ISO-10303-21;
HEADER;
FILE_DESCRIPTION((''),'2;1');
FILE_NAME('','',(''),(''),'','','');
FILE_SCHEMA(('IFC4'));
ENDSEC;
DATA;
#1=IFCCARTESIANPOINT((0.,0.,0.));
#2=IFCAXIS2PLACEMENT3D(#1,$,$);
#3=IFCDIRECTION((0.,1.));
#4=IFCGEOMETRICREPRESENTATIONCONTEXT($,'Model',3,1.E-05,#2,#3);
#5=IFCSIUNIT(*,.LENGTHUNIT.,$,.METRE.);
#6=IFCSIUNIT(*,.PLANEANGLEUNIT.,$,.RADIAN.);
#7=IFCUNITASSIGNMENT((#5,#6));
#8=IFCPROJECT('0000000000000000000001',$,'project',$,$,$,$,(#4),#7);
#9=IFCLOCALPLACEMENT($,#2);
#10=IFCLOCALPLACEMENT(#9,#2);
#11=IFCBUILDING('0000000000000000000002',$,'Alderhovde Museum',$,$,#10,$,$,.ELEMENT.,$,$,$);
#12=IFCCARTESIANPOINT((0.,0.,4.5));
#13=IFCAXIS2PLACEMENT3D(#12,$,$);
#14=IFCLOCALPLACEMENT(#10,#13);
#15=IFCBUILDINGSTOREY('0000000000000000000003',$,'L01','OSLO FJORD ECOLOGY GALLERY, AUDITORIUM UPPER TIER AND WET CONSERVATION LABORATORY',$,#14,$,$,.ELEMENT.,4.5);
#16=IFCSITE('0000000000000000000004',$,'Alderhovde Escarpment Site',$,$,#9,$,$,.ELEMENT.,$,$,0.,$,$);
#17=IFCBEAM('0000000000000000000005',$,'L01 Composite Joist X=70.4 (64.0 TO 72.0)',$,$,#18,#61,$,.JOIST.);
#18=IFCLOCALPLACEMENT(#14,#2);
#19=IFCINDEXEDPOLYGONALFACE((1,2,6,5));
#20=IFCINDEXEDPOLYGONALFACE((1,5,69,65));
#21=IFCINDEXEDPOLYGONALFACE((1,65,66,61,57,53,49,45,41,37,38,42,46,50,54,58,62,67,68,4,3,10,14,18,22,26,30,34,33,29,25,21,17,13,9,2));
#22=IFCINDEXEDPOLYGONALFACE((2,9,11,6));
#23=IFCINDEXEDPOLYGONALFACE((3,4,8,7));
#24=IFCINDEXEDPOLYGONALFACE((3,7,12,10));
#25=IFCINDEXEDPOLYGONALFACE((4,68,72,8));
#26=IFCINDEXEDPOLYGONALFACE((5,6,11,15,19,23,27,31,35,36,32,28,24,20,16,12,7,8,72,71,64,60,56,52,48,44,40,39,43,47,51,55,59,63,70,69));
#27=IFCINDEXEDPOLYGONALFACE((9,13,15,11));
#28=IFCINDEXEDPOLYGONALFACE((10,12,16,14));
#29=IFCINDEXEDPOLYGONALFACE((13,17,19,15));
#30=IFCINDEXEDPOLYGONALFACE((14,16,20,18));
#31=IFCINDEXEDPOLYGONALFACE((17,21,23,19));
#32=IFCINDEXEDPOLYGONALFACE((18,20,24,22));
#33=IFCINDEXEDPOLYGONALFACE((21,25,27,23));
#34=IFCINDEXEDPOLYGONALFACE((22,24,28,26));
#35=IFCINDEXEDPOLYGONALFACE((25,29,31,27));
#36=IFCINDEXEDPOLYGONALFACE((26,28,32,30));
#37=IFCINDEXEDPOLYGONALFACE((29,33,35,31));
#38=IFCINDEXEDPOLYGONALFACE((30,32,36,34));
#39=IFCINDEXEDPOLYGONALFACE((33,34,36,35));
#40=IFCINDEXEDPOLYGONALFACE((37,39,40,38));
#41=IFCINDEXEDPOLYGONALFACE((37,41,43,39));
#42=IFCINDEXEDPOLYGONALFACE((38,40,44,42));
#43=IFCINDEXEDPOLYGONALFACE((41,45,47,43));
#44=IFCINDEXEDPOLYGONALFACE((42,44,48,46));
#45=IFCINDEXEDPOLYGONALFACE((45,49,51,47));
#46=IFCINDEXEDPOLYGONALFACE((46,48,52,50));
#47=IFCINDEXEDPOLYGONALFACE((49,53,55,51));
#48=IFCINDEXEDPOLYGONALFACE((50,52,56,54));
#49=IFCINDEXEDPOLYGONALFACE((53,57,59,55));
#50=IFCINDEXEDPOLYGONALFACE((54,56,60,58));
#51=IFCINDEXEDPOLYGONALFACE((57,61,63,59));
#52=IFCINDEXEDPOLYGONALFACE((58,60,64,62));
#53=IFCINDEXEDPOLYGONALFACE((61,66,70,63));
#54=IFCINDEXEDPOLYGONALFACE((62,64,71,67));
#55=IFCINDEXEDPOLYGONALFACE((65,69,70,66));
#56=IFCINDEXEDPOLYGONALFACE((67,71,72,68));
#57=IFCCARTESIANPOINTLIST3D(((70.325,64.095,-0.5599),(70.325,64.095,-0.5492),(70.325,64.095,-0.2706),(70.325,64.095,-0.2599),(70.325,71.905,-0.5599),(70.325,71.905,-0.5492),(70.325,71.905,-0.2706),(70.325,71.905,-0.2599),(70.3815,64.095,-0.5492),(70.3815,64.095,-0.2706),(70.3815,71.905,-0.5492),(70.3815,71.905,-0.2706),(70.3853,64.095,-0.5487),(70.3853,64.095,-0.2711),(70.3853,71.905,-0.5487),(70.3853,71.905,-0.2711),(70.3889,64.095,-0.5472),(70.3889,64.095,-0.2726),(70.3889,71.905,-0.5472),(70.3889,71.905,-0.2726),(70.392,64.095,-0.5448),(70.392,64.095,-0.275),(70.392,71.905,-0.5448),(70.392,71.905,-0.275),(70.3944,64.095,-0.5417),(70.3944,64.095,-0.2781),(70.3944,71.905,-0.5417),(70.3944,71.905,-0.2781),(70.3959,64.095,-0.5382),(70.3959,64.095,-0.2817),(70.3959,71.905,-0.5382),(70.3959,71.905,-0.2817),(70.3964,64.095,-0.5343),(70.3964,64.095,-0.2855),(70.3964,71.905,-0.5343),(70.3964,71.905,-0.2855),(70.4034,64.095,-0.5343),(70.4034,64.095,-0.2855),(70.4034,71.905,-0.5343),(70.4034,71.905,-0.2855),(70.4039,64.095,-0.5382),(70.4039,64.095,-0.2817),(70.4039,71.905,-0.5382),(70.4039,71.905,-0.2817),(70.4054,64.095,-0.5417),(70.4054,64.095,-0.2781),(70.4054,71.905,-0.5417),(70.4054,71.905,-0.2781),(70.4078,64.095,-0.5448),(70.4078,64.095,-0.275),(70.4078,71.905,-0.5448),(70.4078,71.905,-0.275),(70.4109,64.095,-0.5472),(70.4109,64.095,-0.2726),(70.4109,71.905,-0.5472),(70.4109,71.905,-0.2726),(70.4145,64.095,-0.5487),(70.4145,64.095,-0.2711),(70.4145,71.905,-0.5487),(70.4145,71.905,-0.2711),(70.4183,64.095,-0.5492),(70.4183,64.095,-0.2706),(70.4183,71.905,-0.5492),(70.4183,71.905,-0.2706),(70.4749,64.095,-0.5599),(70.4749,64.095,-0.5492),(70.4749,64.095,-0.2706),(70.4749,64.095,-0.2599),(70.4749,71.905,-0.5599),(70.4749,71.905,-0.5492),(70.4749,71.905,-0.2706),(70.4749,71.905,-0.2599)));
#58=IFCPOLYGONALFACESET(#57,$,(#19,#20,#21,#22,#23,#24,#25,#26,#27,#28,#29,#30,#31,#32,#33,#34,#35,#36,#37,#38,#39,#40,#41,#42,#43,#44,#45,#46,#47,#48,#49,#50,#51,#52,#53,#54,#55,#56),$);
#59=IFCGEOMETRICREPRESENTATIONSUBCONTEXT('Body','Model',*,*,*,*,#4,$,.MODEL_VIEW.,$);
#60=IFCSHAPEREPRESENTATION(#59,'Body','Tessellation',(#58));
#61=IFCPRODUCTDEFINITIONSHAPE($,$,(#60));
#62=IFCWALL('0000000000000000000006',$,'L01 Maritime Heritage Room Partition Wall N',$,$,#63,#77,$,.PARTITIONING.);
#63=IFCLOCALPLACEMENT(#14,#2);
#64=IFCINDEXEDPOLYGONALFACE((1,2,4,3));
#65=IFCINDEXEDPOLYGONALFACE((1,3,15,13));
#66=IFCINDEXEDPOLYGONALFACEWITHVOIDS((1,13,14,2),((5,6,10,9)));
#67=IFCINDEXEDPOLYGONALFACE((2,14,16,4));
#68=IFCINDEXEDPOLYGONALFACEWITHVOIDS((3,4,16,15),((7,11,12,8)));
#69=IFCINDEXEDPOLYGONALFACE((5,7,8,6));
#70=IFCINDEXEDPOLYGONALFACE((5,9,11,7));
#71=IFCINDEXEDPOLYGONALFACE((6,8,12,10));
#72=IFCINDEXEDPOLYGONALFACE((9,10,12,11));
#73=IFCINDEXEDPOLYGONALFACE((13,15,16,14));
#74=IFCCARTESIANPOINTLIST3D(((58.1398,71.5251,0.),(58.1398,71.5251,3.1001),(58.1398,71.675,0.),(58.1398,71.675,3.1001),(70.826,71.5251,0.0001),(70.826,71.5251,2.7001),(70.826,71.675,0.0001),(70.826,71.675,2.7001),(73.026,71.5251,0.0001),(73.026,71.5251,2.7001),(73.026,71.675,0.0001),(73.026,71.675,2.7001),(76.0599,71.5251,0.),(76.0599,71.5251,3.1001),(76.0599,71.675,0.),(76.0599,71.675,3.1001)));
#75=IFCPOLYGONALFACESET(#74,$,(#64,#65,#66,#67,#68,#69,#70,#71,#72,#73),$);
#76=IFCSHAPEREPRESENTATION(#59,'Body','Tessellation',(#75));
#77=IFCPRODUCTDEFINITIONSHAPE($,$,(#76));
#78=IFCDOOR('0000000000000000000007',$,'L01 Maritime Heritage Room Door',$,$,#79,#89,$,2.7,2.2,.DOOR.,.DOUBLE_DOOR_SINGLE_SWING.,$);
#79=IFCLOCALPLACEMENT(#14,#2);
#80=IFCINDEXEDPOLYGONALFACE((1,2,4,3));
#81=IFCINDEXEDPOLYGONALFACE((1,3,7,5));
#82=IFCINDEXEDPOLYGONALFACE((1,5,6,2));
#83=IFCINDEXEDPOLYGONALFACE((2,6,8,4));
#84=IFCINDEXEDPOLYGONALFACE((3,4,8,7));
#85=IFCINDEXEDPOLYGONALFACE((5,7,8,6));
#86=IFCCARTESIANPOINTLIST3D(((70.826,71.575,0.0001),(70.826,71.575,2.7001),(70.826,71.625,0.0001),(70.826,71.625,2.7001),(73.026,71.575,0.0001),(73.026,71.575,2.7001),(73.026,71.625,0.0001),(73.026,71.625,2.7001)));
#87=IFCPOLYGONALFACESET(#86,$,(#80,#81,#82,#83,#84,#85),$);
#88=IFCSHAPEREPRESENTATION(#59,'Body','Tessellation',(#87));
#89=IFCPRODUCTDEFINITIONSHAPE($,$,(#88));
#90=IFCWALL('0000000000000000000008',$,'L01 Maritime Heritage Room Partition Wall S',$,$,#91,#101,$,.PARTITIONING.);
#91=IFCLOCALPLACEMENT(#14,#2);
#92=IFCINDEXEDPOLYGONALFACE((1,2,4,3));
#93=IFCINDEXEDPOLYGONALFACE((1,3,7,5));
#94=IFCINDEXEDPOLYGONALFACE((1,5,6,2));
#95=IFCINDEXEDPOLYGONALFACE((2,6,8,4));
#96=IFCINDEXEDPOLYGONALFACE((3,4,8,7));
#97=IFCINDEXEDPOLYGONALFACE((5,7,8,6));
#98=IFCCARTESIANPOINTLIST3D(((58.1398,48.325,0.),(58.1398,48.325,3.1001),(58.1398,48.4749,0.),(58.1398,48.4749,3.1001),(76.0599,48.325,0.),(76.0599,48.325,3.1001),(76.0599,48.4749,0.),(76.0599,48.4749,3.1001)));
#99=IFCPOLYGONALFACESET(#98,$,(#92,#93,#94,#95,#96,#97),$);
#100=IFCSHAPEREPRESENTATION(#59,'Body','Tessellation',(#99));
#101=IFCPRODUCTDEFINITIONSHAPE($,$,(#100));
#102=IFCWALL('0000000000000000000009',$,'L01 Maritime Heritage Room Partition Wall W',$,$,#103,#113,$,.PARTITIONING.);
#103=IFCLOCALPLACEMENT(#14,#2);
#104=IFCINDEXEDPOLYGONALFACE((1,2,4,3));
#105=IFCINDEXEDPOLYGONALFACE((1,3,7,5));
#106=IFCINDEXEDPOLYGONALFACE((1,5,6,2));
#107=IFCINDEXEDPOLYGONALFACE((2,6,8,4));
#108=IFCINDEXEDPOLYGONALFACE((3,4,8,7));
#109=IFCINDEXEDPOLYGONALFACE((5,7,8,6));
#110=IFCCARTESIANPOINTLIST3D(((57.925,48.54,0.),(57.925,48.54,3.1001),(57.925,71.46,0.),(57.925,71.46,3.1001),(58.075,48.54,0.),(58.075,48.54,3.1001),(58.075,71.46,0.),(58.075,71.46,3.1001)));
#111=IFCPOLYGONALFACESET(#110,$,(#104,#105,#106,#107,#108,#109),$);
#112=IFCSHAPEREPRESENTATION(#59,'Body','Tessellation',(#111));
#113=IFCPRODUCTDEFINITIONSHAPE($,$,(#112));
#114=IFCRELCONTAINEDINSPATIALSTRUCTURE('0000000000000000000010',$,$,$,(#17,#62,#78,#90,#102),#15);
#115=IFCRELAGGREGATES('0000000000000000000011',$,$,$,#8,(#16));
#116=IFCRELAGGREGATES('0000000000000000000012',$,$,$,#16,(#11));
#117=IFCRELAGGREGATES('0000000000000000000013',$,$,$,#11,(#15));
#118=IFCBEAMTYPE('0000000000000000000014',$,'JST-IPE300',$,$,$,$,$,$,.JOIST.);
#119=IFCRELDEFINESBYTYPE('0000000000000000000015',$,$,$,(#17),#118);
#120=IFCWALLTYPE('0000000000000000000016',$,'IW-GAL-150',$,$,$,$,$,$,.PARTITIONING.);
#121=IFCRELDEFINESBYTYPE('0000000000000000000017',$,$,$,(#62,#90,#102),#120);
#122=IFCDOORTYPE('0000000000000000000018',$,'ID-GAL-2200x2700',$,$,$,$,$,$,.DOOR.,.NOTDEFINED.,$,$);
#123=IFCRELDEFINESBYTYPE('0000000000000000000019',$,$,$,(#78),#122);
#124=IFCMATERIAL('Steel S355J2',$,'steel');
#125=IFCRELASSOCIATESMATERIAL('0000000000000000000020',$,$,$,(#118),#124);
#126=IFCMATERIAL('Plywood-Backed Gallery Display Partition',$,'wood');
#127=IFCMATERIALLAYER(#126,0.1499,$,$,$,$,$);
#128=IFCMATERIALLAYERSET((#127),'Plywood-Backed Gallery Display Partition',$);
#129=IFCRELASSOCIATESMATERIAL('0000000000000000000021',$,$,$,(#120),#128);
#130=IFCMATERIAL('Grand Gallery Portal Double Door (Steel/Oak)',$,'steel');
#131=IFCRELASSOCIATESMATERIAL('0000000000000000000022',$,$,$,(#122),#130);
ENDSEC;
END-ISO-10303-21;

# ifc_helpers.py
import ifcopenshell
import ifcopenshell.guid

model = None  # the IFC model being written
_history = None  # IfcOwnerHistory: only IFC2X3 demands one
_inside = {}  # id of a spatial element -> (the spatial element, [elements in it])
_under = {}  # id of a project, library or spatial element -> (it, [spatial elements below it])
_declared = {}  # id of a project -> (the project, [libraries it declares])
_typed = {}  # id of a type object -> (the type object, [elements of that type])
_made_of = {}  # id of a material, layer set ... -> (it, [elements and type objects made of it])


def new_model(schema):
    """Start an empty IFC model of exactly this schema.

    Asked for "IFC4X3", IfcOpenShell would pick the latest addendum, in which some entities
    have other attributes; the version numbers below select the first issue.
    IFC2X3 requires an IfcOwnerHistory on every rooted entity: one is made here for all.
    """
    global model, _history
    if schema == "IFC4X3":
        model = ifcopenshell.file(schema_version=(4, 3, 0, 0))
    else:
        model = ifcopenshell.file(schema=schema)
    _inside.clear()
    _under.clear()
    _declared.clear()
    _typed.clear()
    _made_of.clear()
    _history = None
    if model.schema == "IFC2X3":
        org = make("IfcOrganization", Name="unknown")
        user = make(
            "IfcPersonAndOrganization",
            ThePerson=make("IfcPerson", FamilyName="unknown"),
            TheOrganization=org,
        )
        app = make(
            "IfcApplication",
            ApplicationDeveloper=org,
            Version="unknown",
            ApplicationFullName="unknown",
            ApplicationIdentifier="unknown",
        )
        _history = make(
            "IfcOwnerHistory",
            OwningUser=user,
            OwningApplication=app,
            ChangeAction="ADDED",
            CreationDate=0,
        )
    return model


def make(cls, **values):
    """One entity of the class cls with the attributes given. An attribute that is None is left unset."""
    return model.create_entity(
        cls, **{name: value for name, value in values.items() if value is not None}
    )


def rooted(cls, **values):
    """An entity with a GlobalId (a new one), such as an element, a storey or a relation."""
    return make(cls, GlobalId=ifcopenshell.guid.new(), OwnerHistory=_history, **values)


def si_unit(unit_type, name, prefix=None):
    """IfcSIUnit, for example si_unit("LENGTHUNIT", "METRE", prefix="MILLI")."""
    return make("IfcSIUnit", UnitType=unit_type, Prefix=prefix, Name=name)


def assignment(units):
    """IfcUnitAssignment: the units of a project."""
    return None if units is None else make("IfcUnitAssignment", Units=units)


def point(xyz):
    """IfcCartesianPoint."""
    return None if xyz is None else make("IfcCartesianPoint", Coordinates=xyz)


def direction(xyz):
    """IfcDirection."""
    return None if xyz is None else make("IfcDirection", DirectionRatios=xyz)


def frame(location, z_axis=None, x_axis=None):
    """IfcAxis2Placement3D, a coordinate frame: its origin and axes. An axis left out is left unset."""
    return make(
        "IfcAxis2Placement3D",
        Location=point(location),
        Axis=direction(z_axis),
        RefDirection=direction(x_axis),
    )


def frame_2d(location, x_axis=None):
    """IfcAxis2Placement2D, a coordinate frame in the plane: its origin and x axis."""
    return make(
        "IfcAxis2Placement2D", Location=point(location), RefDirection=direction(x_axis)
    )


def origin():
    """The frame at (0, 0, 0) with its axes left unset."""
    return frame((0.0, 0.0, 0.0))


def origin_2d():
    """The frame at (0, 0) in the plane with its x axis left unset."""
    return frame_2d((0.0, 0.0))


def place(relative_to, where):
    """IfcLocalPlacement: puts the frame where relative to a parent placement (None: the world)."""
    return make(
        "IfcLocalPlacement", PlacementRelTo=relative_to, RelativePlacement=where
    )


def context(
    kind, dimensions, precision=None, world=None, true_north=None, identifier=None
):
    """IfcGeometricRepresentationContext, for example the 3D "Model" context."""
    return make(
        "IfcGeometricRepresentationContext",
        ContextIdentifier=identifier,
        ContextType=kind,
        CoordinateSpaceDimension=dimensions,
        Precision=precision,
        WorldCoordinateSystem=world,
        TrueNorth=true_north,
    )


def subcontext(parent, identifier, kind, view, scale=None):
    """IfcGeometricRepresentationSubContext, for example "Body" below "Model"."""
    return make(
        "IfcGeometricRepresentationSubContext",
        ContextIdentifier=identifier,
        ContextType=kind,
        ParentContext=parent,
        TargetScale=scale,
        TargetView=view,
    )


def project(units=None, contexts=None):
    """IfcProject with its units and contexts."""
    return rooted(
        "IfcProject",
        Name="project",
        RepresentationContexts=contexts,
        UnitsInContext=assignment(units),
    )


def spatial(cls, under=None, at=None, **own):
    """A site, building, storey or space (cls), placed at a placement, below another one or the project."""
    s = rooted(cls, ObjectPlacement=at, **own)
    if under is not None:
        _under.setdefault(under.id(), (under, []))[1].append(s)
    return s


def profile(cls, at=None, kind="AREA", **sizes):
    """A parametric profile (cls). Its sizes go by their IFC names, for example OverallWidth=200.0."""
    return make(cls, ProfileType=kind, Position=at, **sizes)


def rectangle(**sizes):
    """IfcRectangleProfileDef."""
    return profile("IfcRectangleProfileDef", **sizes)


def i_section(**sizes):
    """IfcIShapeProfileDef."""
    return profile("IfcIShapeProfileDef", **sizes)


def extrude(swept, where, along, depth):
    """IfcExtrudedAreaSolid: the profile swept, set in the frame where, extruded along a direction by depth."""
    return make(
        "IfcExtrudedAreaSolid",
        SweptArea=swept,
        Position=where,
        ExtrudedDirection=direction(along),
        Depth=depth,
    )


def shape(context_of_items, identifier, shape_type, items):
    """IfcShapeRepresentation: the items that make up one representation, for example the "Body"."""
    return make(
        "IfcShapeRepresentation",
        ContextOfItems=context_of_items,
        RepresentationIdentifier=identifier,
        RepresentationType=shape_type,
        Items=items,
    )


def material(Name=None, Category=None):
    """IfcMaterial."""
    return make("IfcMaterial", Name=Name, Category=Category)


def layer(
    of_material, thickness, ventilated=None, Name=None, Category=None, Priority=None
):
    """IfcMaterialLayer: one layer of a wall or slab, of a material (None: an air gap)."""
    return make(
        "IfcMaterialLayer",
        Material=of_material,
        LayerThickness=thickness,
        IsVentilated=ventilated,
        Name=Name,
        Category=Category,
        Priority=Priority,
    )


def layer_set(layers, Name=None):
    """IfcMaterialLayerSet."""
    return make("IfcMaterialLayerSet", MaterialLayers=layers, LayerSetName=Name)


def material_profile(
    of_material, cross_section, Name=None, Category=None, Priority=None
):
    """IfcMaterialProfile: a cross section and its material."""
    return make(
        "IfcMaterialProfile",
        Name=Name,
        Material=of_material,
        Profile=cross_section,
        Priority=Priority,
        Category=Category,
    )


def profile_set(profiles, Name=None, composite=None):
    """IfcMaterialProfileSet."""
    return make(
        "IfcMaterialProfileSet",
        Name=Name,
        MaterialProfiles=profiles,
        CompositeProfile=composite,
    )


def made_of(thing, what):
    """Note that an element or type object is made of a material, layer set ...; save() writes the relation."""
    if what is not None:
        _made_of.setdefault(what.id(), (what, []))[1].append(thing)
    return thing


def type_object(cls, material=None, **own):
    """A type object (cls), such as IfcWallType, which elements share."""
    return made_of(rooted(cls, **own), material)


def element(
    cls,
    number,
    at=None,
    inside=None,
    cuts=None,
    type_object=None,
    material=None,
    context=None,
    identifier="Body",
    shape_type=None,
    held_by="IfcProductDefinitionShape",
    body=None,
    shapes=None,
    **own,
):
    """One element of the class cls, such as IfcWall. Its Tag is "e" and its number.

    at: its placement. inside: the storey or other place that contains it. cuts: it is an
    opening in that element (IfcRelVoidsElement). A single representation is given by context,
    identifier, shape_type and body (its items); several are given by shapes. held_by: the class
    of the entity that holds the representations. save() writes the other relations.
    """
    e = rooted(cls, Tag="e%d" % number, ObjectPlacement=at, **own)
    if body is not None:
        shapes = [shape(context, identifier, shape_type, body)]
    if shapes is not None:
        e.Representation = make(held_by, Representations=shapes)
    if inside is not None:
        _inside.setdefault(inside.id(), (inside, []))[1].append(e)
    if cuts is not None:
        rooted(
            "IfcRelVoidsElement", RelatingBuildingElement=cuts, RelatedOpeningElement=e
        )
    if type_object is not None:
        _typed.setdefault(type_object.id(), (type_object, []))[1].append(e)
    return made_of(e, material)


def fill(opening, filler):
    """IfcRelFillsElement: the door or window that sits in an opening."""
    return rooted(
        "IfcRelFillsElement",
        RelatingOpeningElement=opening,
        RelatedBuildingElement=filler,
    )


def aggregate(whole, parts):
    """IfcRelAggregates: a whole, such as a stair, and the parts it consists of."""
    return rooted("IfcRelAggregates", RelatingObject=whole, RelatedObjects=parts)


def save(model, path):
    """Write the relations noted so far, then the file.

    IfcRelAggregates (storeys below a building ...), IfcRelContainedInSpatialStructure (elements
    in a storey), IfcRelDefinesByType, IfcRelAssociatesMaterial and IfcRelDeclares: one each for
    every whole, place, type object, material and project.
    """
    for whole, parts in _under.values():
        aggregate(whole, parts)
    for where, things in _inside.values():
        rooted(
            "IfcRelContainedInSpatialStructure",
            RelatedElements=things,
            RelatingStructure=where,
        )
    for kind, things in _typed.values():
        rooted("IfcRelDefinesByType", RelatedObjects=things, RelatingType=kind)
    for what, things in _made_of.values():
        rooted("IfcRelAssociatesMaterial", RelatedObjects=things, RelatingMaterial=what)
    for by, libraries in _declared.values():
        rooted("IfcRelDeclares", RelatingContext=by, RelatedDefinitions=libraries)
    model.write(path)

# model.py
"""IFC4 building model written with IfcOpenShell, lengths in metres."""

from ifc_helpers import new_model, si_unit, direction, frame, frame_2d, origin, origin_2d, place, context, subcontext, project, spatial, rectangle, i_section, extrude, material, layer, layer_set, material_profile, profile_set, type_object, element, fill, save


model = new_model("IFC4")

# Units and contexts
model_context = context("Model", 3, precision=1e-05, world=origin(), true_north=direction((0.0, 1.0)))
body_context = subcontext(model_context, "Body", "Model", "MODEL_VIEW")
ifc_project = project(units=[si_unit("LENGTHUNIT", "METRE"), si_unit("PLANEANGLEUNIT", "RADIAN")], contexts=[model_context])

# Site, building, storey
site_placement = place(None, origin())
site = spatial("IfcSite", under=ifc_project, at=site_placement, Name="Alderhovde Escarpment Site", CompositionType="ELEMENT", RefElevation=0.0)
building_placement = place(site_placement, origin())
building = spatial("IfcBuilding", under=site, at=building_placement, Name="Alderhovde Museum", CompositionType="ELEMENT")
storey_placement = place(building_placement, frame((0.0, 0.0, 4.5)))
storey = spatial("IfcBuildingStorey", under=building, at=storey_placement, Name="L01", Description="OSLO FJORD ECOLOGY GALLERY, AUDITORIUM UPPER TIER AND WET CONSERVATION LABORATORY", CompositionType="ELEMENT", Elevation=4.5)

# Beam
ifc_material_1 = material(Name="Steel S355J2", Category="steel")
ifc_material_profile_1 = material_profile(ifc_material_1, i_section(OverallWidth=0.1499, OverallDepth=0.3, WebThickness=0.0071, FlangeThickness=0.0107, FilletRadius=0.0149, at=origin_2d()), Name="IPE 300")
ifc_profile_set_1 = profile_set([ifc_material_profile_1], Name="Steel S355J2")
beam_type_1 = type_object("IfcBeamType", Name="JST-IPE300", PredefinedType="JOIST", material=ifc_profile_set_1)
for number, where, z_axis, x_axis, name in (
    (1, (70.3999, 64.095, -0.4099), (0.0, 1.0, 0.0), (-1.0, 0.0, 0.0), "L01 Composite Joist X=70.4 (64.0 TO 72.0)"),
):
    element("IfcBeam", number, at=place(storey_placement, frame(where, z_axis=z_axis, x_axis=x_axis)), inside=storey, type_object=beam_type_1, Name=name, PredefinedType="JOIST", context=body_context, shape_type="SweptSolid", body=[
        extrude(i_section(OverallWidth=0.1499, OverallDepth=0.3, WebThickness=0.0071, FlangeThickness=0.0107, FilletRadius=0.0149, at=origin_2d()), origin(), (0.0, 0.0, 1.0), 7.8101),
    ])

# Wall, opening, door
ifc_material_2 = material(Name="Plywood-Backed Gallery Display Partition", Category="wood")
ifc_layer = layer(ifc_material_2, 0.1499)
ifc_layer_set = layer_set([ifc_layer], Name="Plywood-Backed Gallery Display Partition")
wall_type = type_object("IfcWallType", Name="IW-GAL-150", PredefinedType="PARTITIONING", material=ifc_layer_set)
wall_1_placement = place(storey_placement, frame((58.1399, 71.6001, 0.0), z_axis=(0.0, 0.0, 1.0), x_axis=(1.0, 0.0, 0.0)))
wall_1 = element("IfcWall", 2, at=wall_1_placement, inside=storey, type_object=wall_type, Name="L01 Maritime Heritage Room Partition Wall N", PredefinedType="PARTITIONING", context=body_context, shape_type="SweptSolid", body=[
    extrude(rectangle(XDim=17.9202, YDim=0.1499, at=frame_2d((8.96, 0.0))), origin(), (0.0, 0.0, 1.0), 3.1001),
])
opening_placement = place(wall_1_placement, frame((12.686, 0.0, 0.0)))
opening = element("IfcOpeningElement", 3, at=opening_placement, cuts=wall_1, PredefinedType="OPENING", context=body_context, shape_type="SweptSolid", body=[
    extrude(rectangle(XDim=2.2, YDim=2.7, at=frame_2d((1.1001, 1.3501))), frame((0.0, 0.085, 0.0), z_axis=(0.0, -1.0, 0.0), x_axis=(1.0, 0.0, 0.0)), (0.0, 0.0, 1.0), 0.1699),
])
ifc_material_3 = material(Name="Grand Gallery Portal Double Door (Steel/Oak)", Category="steel")
door_type = type_object("IfcDoorType", Name="ID-GAL-2200x2700", OperationType="NOTDEFINED", PredefinedType="DOOR", material=ifc_material_3)
door_placement = place(opening_placement, origin())
door = element("IfcDoor", 4, at=door_placement, inside=storey, type_object=door_type, Name="L01 Maritime Heritage Room Door", OperationType="DOUBLE_DOOR_SINGLE_SWING", OverallHeight=2.7, OverallWidth=2.2, PredefinedType="DOOR", context=body_context, shape_type="SweptSolid", body=[
    extrude(rectangle(XDim=2.2, YDim=2.7, at=frame_2d((1.1001, 1.3501))), frame((0.0, 0.0249, 0.0), z_axis=(0.0, -1.0, 0.0), x_axis=(1.0, 0.0, 0.0)), (0.0, 0.0, 1.0), 0.05),
])
fill(opening, door)

# Walls
wall_2_placement = place(storey_placement, frame((58.1399, 48.3999, 0.0), z_axis=(0.0, 0.0, 1.0), x_axis=(1.0, 0.0, 0.0)))
element("IfcWall", 5, at=wall_2_placement, inside=storey, type_object=wall_type, Name="L01 Maritime Heritage Room Partition Wall S", PredefinedType="PARTITIONING", context=body_context, shape_type="SweptSolid", body=[
    extrude(rectangle(XDim=17.9202, YDim=0.1499, at=frame_2d((8.96, 0.0))), origin(), (0.0, 0.0, 1.0), 3.1001),
])
wall_3_placement = place(storey_placement, frame((58.0, 48.54, 0.0), z_axis=(0.0, 0.0, 1.0), x_axis=(0.0, 1.0, 0.0)))
element("IfcWall", 6, at=wall_3_placement, inside=storey, type_object=wall_type, Name="L01 Maritime Heritage Room Partition Wall W", PredefinedType="PARTITIONING", context=body_context, shape_type="SweptSolid", body=[
    extrude(rectangle(XDim=22.9199, YDim=0.1499, at=frame_2d((11.46, 0.0))), origin(), (0.0, 0.0, 1.0), 3.1001),
])

save(model, "model.ifc")
